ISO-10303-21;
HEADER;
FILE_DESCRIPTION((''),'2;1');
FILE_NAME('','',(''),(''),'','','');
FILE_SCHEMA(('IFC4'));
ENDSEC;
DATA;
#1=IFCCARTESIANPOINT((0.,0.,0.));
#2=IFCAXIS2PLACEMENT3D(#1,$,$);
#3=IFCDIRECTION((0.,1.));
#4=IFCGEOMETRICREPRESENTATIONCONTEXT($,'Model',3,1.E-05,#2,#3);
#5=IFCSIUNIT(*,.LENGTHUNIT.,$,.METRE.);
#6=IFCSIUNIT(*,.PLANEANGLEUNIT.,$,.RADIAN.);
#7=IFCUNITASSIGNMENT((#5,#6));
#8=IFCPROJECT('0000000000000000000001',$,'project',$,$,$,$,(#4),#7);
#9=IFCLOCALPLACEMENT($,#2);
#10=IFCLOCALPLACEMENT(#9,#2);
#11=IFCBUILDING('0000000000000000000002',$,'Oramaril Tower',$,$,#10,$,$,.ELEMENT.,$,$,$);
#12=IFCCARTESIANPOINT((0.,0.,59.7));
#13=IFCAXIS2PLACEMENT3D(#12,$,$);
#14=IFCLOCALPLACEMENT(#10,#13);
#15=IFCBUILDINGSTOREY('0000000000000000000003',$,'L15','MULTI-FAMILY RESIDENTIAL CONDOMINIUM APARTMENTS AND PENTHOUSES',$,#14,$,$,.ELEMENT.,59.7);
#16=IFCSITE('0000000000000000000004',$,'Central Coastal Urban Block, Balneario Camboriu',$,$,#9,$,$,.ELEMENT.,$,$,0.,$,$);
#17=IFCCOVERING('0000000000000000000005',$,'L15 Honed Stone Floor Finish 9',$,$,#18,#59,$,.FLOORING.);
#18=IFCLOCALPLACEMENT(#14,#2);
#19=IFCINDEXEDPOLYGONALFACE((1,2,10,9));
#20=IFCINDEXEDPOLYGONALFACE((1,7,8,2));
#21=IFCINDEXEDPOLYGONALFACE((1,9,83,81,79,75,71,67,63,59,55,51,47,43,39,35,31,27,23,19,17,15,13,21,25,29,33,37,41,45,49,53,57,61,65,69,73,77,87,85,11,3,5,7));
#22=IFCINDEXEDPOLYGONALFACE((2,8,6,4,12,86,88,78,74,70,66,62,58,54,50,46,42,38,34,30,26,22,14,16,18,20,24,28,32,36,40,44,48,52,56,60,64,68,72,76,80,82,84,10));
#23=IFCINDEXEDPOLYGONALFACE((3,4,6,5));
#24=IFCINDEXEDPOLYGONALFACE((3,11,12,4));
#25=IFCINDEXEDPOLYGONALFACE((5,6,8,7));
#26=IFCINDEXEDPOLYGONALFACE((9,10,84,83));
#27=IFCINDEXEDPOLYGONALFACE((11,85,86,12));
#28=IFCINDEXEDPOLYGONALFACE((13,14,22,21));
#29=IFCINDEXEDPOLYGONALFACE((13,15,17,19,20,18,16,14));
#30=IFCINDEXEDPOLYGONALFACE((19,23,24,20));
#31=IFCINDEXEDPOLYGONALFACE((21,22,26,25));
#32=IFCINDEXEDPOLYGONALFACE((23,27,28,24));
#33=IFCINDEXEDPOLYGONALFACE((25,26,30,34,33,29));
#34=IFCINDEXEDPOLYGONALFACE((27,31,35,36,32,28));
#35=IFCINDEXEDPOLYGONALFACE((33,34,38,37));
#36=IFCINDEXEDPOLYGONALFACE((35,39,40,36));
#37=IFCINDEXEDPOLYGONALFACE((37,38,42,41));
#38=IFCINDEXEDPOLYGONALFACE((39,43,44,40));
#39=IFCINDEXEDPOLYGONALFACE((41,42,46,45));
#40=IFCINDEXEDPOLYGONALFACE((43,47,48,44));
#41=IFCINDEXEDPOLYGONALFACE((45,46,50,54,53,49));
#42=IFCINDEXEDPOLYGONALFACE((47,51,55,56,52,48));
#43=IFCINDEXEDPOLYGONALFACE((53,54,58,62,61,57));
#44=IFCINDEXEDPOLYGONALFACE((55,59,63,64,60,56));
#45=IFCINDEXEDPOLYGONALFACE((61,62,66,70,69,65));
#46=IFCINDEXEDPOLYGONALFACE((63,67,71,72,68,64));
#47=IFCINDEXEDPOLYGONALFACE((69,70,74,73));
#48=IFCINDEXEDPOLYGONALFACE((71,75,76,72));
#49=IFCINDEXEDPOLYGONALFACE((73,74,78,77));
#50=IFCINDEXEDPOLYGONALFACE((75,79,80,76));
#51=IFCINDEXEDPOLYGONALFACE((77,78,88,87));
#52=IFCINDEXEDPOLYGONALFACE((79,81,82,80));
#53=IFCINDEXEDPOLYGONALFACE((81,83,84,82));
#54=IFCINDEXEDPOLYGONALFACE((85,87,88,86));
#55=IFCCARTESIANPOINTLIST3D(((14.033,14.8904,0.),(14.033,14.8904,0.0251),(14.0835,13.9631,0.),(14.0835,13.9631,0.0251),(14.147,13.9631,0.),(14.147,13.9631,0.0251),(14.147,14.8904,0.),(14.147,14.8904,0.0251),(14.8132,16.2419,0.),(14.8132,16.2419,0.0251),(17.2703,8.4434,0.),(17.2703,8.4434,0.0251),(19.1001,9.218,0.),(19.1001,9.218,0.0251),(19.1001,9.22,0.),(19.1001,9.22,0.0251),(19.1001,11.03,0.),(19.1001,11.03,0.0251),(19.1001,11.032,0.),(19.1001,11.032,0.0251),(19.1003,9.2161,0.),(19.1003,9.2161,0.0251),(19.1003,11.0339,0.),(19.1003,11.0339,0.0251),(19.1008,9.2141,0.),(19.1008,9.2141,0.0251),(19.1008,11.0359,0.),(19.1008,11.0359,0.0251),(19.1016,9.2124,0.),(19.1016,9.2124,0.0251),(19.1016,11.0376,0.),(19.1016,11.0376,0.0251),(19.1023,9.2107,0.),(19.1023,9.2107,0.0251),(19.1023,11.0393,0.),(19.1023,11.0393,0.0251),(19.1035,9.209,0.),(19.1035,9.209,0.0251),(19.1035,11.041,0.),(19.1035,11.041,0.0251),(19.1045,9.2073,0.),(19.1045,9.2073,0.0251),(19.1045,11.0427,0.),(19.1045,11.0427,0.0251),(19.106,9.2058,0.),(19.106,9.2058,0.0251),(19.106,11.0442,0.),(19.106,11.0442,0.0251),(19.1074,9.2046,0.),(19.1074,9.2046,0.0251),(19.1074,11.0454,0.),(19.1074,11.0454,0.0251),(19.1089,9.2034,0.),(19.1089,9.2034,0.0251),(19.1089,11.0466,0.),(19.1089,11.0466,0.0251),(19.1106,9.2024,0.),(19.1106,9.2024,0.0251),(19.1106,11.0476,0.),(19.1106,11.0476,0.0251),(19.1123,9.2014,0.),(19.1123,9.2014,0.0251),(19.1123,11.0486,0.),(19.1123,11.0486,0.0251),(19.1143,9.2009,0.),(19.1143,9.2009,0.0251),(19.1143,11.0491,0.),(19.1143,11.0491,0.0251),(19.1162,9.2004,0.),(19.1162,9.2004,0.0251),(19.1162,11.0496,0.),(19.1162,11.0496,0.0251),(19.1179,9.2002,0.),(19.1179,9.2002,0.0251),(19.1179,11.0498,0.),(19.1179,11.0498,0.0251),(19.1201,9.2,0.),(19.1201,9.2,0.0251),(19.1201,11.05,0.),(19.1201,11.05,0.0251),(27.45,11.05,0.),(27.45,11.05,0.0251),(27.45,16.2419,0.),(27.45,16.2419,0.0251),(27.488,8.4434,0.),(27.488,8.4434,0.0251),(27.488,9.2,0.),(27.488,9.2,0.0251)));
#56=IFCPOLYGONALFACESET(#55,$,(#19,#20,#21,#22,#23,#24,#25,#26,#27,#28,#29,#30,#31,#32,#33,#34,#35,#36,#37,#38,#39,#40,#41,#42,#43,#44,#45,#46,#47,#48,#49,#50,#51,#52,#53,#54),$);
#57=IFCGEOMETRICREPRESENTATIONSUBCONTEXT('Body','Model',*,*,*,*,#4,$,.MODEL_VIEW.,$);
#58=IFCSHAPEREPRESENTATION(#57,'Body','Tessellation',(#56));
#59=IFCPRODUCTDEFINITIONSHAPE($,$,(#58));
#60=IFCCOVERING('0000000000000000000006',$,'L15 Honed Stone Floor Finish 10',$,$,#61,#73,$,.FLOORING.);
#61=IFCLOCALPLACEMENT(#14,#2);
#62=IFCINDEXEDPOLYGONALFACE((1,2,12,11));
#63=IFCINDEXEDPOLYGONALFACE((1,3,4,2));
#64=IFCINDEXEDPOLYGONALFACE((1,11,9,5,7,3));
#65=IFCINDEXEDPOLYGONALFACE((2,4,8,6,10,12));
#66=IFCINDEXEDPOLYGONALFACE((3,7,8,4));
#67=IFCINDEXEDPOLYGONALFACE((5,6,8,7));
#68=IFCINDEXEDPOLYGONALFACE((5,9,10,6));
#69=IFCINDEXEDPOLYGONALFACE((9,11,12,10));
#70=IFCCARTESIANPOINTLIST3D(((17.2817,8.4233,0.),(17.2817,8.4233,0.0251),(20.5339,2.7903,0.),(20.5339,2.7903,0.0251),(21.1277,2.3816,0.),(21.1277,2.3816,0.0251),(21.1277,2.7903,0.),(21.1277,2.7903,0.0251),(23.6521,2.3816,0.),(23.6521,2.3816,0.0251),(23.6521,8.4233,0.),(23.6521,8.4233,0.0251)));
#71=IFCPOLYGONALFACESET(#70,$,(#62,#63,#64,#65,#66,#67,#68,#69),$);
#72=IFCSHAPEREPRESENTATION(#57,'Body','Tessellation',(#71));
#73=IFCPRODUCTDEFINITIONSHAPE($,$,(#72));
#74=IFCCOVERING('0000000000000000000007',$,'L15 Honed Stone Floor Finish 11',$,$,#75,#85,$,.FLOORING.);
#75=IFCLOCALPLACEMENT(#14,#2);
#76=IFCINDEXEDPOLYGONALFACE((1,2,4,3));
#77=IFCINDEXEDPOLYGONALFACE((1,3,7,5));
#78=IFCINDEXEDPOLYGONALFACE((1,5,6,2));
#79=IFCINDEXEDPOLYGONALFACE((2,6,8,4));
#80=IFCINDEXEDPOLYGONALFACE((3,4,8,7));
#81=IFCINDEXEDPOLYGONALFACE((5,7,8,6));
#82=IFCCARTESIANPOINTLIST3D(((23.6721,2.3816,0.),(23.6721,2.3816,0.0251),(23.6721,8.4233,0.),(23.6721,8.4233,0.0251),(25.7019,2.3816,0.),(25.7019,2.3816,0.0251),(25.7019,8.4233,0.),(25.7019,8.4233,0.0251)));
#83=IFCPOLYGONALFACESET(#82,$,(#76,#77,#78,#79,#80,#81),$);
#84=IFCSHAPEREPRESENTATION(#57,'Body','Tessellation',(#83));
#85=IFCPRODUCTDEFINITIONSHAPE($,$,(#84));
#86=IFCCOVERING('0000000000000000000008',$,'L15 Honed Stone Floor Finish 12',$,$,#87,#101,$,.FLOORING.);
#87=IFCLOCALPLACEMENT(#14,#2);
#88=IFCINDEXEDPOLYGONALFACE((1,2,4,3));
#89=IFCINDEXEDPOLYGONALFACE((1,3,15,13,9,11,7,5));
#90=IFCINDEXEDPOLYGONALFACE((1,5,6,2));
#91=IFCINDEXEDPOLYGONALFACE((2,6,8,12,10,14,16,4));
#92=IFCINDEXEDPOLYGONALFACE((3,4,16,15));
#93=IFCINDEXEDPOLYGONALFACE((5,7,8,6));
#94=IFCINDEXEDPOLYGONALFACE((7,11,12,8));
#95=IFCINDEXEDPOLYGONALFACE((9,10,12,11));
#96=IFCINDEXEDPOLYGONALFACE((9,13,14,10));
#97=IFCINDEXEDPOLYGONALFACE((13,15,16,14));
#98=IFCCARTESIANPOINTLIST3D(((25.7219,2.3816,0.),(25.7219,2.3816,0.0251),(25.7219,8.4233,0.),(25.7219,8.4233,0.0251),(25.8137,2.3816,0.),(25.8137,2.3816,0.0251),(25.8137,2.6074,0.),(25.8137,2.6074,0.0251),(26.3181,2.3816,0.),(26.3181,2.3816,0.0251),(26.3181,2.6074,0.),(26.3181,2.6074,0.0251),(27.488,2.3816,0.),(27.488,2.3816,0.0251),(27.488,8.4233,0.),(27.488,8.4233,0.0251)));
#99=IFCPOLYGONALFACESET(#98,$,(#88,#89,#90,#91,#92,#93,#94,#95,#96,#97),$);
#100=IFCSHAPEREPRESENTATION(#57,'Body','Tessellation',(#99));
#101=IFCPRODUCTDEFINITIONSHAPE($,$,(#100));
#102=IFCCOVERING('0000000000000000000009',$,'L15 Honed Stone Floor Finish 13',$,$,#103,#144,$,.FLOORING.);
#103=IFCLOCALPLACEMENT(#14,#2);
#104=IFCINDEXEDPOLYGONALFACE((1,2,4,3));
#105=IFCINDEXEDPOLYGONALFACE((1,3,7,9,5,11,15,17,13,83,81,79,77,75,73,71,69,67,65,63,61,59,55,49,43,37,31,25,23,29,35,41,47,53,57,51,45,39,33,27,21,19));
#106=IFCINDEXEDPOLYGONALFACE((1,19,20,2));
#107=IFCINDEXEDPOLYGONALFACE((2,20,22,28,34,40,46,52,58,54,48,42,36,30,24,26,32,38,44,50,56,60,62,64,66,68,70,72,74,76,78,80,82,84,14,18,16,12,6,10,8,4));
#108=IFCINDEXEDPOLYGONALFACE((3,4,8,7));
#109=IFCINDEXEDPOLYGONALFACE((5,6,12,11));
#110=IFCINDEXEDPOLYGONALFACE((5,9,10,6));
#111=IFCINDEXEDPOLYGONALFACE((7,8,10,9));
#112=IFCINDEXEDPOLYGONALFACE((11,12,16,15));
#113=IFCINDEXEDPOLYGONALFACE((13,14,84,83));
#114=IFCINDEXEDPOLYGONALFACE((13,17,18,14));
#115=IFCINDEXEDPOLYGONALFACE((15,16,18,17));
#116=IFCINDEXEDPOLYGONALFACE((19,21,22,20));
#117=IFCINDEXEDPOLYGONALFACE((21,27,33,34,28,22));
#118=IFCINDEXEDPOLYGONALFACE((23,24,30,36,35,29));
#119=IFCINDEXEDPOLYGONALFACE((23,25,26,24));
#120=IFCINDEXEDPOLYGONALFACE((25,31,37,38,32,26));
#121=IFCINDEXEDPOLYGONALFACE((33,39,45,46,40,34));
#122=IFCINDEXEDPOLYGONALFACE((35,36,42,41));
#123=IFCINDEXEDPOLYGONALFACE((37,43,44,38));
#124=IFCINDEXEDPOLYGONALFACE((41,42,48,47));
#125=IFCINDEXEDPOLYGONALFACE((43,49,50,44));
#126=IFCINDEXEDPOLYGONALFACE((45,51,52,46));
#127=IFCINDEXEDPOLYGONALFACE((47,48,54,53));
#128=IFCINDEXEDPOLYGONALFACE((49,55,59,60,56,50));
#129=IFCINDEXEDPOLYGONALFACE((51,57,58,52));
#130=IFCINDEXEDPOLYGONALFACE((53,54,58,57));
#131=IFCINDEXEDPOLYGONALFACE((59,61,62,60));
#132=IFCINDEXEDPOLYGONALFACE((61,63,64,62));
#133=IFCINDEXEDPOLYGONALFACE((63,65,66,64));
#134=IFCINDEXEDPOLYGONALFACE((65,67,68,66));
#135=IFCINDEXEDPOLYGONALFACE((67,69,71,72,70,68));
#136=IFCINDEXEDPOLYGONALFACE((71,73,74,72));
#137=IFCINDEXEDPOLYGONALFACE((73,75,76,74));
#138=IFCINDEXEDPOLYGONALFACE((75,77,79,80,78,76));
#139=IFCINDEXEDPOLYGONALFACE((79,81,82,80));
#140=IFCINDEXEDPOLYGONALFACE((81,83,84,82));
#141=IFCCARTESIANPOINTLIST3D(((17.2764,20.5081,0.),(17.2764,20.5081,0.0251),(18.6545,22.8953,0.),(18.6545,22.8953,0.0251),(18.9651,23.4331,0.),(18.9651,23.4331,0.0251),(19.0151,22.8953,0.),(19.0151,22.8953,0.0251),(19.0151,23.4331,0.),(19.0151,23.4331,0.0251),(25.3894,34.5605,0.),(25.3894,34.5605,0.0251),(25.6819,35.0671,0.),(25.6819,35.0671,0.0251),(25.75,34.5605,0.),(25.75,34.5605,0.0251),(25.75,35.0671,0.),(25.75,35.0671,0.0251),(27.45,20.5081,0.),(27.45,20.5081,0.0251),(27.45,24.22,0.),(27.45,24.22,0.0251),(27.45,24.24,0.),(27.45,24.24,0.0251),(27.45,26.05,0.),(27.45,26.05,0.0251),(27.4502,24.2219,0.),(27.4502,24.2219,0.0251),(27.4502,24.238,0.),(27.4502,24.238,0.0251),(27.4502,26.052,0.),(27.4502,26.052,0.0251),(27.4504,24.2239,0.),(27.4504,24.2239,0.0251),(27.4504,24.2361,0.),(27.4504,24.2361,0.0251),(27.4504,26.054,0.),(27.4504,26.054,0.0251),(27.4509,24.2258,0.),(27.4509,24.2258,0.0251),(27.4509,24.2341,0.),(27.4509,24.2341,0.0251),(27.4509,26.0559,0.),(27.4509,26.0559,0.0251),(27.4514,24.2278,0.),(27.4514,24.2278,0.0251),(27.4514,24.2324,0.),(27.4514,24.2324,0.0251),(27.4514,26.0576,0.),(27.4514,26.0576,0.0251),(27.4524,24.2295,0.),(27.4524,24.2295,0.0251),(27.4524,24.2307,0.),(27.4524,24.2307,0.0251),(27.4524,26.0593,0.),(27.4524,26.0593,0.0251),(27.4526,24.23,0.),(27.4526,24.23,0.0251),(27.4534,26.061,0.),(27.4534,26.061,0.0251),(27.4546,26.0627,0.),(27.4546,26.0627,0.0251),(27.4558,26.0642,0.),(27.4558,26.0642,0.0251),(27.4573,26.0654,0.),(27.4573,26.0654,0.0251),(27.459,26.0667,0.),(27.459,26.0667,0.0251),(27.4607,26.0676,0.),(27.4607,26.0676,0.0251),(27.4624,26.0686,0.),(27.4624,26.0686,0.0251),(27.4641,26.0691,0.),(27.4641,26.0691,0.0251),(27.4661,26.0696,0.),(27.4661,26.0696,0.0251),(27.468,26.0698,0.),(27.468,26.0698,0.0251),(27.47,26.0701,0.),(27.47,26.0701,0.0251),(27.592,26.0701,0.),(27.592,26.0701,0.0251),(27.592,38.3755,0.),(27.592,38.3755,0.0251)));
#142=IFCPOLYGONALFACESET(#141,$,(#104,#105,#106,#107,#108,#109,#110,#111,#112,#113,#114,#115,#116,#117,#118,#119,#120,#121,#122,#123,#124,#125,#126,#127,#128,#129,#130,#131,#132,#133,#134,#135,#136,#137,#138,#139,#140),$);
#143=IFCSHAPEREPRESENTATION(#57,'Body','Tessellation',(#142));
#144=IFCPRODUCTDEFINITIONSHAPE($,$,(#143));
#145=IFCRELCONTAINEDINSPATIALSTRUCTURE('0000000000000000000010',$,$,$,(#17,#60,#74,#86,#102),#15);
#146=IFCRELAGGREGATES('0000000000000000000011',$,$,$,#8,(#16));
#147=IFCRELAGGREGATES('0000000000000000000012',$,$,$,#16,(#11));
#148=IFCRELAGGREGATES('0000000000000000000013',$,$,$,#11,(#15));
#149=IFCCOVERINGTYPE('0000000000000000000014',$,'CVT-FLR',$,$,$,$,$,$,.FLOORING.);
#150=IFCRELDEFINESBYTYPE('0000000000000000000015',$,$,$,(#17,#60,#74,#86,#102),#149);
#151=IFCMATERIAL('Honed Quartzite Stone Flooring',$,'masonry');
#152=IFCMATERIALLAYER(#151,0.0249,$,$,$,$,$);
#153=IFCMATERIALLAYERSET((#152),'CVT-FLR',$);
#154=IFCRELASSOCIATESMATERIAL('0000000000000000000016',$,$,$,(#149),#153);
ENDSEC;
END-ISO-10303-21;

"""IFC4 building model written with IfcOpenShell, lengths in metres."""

from ifc_helpers import new_model, si_unit, direction, frame, origin, place, context, subcontext, project, spatial, polyline, outline, extrude, material, layer, layer_set, type_object, element, save


model = new_model("IFC4")

# Units and contexts
model_context = context("Model", 3, precision=1e-05, world=origin(), true_north=direction((0.0, 1.0)))
body_context = subcontext(model_context, "Body", "Model", "MODEL_VIEW")
ifc_project = project(units=[si_unit("LENGTHUNIT", "METRE"), si_unit("PLANEANGLEUNIT", "RADIAN")], contexts=[model_context])

# Site, building, storey
site_placement = place(None, origin())
site = spatial("IfcSite", under=ifc_project, at=site_placement, Name="Central Coastal Urban Block, Balneario Camboriu", CompositionType="ELEMENT", RefElevation=0.0)
building_placement = place(site_placement, origin())
building = spatial("IfcBuilding", under=site, at=building_placement, Name="Oramaril Tower", CompositionType="ELEMENT")
storey_placement = place(building_placement, frame((0.0, 0.0, 59.7)))
storey = spatial("IfcBuildingStorey", under=building, at=storey_placement, Name="L15", Description="MULTI-FAMILY RESIDENTIAL CONDOMINIUM APARTMENTS AND PENTHOUSES", CompositionType="ELEMENT", Elevation=59.7)

# Coverings
ifc_material_1 = material(Name="Honed Quartzite Stone Flooring", Category="masonry")
ifc_layer_1 = layer(ifc_material_1, 0.0249)
ifc_layer_set_1 = layer_set([ifc_layer_1], Name="CVT-FLR")
covering_type_1 = type_object("IfcCoveringType", Name="CVT-FLR", PredefinedType="FLOORING", material=ifc_layer_set_1)
covering_1_placement = place(storey_placement, origin())
element("IfcCovering", 1, at=covering_1_placement, inside=storey, type_object=covering_type_1, Name="L15 Honed Stone Floor Finish 9", PredefinedType="FLOORING", context=body_context, shape_type="SweptSolid", body=[
    extrude(outline(polyline([(27.45, 16.2419), (27.45, 11.05), (19.1201, 11.05), (19.1179, 11.0498), (19.1162, 11.0496), (19.1143, 11.0491), (19.1123, 11.0486), (19.1106, 11.0476), (19.1089, 11.0466), (19.1074, 11.0454), (19.106, 11.0442), (19.1045, 11.0427), (19.1035, 11.041), (19.1023, 11.0393), (19.1016, 11.0376), (19.1008, 11.0359), (19.1003, 11.0339), (19.1001, 11.032), (19.1001, 11.03), (19.1001, 9.22), (19.1001, 9.218), (19.1003, 9.2161), (19.1008, 9.2141), (19.1016, 9.2124), (19.1023, 9.2107), (19.1035, 9.209), (19.1045, 9.2073), (19.106, 9.2058), (19.1074, 9.2046), (19.1089, 9.2034), (19.1106, 9.2024), (19.1123, 9.2014), (19.1143, 9.2009), (19.1162, 9.2004), (19.1179, 9.2002), (19.1201, 9.2), (27.488, 9.2), (27.488, 8.4434), (17.2703, 8.4434), (14.0835, 13.9631), (14.147, 13.9631), (14.147, 14.8904), (14.033, 14.8904), (14.8132, 16.2419), (27.45, 16.2419)])), origin(), (0.0, 0.0, 1.0), 0.0251),
])
covering_2_placement = place(storey_placement, origin())
element("IfcCovering", 2, at=covering_2_placement, inside=storey, type_object=covering_type_1, Name="L15 Honed Stone Floor Finish 10", PredefinedType="FLOORING", context=body_context, shape_type="SweptSolid", body=[
    extrude(outline(polyline([(21.1277, 2.3816), (21.1277, 2.7903), (20.5339, 2.7903), (17.2817, 8.4233), (23.6521, 8.4233), (23.6521, 2.3816), (21.1277, 2.3816)])), origin(), (0.0, 0.0, 1.0), 0.0251),
])
covering_3_placement = place(storey_placement, origin())
element("IfcCovering", 3, at=covering_3_placement, inside=storey, type_object=covering_type_1, Name="L15 Honed Stone Floor Finish 11", PredefinedType="FLOORING", context=body_context, shape_type="SweptSolid", body=[
    extrude(outline(polyline([(23.6721, 2.3816), (23.6721, 8.4233), (25.7019, 8.4233), (25.7019, 2.3816), (23.6721, 2.3816)])), origin(), (0.0, 0.0, 1.0), 0.0251),
])
covering_4_placement = place(storey_placement, origin())
element("IfcCovering", 4, at=covering_4_placement, inside=storey, type_object=covering_type_1, Name="L15 Honed Stone Floor Finish 12", PredefinedType="FLOORING", context=body_context, shape_type="SweptSolid", body=[
    extrude(outline(polyline([(26.3181, 2.3816), (26.3181, 2.6074), (25.8137, 2.6074), (25.8137, 2.3816), (25.7219, 2.3816), (25.7219, 8.4233), (27.488, 8.4233), (27.488, 2.3816), (26.3181, 2.3816)])), origin(), (0.0, 0.0, 1.0), 0.0251),
])
covering_5_placement = place(storey_placement, origin())
element("IfcCovering", 5, at=covering_5_placement, inside=storey, type_object=covering_type_1, Name="L15 Honed Stone Floor Finish 13", PredefinedType="FLOORING", context=body_context, shape_type="SweptSolid", body=[
    extrude(outline(polyline([(18.6545, 22.8953), (19.0151, 22.8953), (19.0151, 23.4331), (18.9651, 23.4331), (25.3894, 34.5605), (25.75, 34.5605), (25.75, 35.0671), (25.6819, 35.0671), (27.592, 38.3755), (27.592, 26.0701), (27.47, 26.0701), (27.468, 26.0698), (27.4661, 26.0696), (27.4641, 26.0691), (27.4624, 26.0686), (27.4607, 26.0676), (27.459, 26.0667), (27.4573, 26.0654), (27.4558, 26.0642), (27.4546, 26.0627), (27.4534, 26.061), (27.4524, 26.0593), (27.4514, 26.0576), (27.4509, 26.0559), (27.4504, 26.054), (27.4502, 26.052), (27.45, 26.05), (27.45, 24.24), (27.4502, 24.238), (27.4504, 24.2361), (27.4509, 24.2341), (27.4514, 24.2324), (27.4524, 24.2307), (27.4526, 24.23), (27.4524, 24.2295), (27.4514, 24.2278), (27.4509, 24.2258), (27.4504, 24.2239), (27.4502, 24.2219), (27.45, 24.22), (27.45, 20.5081), (17.2764, 20.5081), (18.6545, 22.8953)])), origin(), (0.0, 0.0, 1.0), 0.0251),
])

save(model, "model.ifc")
